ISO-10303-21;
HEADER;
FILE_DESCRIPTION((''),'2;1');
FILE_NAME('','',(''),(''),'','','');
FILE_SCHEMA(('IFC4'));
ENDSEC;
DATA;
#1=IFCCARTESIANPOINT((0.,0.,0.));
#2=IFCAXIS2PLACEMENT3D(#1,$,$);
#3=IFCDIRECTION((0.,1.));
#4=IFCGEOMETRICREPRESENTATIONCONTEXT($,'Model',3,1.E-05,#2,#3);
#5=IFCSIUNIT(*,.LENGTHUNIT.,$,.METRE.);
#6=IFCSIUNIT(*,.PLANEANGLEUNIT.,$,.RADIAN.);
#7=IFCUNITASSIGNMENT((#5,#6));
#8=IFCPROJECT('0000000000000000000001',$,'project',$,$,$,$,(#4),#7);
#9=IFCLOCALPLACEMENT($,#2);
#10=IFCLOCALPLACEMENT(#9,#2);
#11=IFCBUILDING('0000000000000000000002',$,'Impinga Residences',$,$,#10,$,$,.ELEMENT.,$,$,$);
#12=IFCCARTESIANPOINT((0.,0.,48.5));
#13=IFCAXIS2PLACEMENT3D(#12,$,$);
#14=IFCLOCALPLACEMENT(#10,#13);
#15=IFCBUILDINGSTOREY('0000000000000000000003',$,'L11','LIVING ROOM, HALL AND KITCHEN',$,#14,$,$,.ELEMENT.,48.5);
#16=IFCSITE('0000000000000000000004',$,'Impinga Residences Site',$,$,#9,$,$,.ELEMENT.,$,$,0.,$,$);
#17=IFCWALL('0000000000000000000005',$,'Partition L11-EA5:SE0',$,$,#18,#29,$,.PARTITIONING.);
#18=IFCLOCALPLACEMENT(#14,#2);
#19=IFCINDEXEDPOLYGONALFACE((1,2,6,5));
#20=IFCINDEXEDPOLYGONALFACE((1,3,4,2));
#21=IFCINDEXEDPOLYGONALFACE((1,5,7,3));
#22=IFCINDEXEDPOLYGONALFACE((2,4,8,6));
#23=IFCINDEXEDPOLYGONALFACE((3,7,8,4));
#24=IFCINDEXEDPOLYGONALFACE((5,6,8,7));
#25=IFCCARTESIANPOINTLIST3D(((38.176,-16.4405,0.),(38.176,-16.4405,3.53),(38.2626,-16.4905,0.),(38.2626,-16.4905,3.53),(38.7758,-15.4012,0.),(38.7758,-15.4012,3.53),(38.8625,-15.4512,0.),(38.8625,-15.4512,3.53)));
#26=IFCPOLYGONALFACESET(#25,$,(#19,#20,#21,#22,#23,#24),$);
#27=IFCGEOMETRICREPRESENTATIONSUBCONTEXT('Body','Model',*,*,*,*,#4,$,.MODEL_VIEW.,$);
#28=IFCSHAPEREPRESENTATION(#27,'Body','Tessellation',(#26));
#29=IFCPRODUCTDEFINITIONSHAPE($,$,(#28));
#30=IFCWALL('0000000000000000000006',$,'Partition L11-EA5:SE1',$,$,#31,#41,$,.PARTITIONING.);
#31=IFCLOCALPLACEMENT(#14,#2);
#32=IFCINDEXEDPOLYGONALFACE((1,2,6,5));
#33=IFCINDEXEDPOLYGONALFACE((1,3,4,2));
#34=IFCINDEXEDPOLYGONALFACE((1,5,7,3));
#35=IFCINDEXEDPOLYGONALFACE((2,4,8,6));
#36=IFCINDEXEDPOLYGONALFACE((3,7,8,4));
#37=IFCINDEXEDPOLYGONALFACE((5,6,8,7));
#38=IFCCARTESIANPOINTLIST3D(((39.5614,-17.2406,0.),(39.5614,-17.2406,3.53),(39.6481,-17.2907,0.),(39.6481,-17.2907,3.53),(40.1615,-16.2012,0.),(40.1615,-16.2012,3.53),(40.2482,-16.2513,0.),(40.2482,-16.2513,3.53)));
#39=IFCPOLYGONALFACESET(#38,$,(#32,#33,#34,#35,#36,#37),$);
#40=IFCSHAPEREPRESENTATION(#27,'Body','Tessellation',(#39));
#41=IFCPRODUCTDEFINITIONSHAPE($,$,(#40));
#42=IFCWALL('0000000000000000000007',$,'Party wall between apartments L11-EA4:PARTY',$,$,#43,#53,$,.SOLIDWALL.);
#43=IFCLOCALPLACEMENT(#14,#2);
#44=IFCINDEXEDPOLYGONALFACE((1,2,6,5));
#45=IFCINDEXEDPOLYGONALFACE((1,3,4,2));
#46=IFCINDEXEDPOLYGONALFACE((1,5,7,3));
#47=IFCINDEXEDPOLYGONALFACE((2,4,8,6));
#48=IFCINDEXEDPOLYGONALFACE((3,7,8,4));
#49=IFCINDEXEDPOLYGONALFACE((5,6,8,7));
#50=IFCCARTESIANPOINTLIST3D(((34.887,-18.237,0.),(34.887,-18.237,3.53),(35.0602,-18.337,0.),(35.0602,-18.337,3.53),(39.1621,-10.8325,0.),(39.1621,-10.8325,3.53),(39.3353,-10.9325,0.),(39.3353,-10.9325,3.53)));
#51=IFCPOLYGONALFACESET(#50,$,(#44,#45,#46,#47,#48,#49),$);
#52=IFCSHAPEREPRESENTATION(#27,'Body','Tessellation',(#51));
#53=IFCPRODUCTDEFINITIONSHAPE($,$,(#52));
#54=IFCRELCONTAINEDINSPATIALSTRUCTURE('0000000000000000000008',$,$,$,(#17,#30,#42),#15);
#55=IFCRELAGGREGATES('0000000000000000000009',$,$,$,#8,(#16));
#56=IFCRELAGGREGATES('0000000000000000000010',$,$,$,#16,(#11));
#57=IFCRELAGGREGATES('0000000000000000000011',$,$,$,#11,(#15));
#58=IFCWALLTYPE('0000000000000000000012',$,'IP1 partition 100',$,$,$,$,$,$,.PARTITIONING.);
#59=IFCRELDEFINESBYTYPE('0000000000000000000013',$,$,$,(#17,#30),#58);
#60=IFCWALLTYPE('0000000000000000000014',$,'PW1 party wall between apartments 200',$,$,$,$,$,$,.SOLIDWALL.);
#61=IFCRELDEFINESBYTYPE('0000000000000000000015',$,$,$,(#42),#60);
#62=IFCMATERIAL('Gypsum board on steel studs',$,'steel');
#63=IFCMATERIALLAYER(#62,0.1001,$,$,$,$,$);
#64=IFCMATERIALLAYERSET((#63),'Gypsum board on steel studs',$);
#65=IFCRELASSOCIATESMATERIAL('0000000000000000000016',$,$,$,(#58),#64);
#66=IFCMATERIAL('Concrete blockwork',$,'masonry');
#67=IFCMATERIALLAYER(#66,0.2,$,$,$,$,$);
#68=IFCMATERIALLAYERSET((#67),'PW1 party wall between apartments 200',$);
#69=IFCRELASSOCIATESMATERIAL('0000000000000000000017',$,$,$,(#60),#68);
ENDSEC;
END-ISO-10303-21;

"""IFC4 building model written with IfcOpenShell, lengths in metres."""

from ifc_helpers import new_model, si_unit, direction, frame, frame_2d, origin, place, context, subcontext, project, spatial, rectangle, extrude, material, layer, layer_set, type_object, element, save


model = new_model("IFC4")

# Units and contexts
model_context = context("Model", 3, precision=1e-05, world=origin(), true_north=direction((0.0, 1.0)))
body_context = subcontext(model_context, "Body", "Model", "MODEL_VIEW")
ifc_project = project(units=[si_unit("LENGTHUNIT", "METRE"), si_unit("PLANEANGLEUNIT", "RADIAN")], contexts=[model_context])

# Site, building, storey
site_placement = place(None, origin())
site = spatial("IfcSite", under=ifc_project, at=site_placement, Name="Impinga Residences Site", CompositionType="ELEMENT", RefElevation=0.0)
building_placement = place(site_placement, origin())
building = spatial("IfcBuilding", under=site, at=building_placement, Name="Impinga Residences", CompositionType="ELEMENT")
storey_placement = place(building_placement, frame((0.0, 0.0, 48.5)))
storey = spatial("IfcBuildingStorey", under=building, at=storey_placement, Name="L11", Description="LIVING ROOM, HALL AND KITCHEN", CompositionType="ELEMENT", Elevation=48.5)

# Shared definitions
ifc_material_1 = material(Name="Gypsum board on steel studs", Category="steel")
ifc_layer_1 = layer(ifc_material_1, 0.1001)
ifc_layer_set_1 = layer_set([ifc_layer_1], Name="Gypsum board on steel studs")
wall_type_1 = type_object("IfcWallType", Name="IP1 partition 100", PredefinedType="PARTITIONING", material=ifc_layer_set_1)

# Walls
wall_1_placement = place(storey_placement, frame((38.2192, -16.4656, 0.0), z_axis=(0.0, 0.0, 1.0), x_axis=(0.499881, 0.866094, 0.0)))
element("IfcWall", 1, at=wall_1_placement, inside=storey, type_object=wall_type_1, Name="Partition L11-EA5:SE0", PredefinedType="PARTITIONING", context=body_context, shape_type="SweptSolid", body=[
    extrude(rectangle(XDim=1.2, YDim=0.1001, at=frame_2d((0.6001, 0.0))), origin(), (0.0, 0.0, 1.0), 3.53),
])
wall_2_placement = place(storey_placement, frame((39.6047, -17.2656, 0.0), z_axis=(0.0, 0.0, 1.0), x_axis=(0.500034, 0.866006, 0.0)))
element("IfcWall", 2, at=wall_2_placement, inside=storey, type_object=wall_type_1, Name="Partition L11-EA5:SE1", PredefinedType="PARTITIONING", context=body_context, shape_type="SweptSolid", body=[
    extrude(rectangle(XDim=1.2002, YDim=0.1001, at=frame_2d((0.6001, 0.0))), origin(), (0.0, 0.0, 1.0), 3.53),
])
ifc_material_2 = material(Name="Concrete blockwork", Category="masonry")
ifc_layer_2 = layer(ifc_material_2, 0.2)
ifc_layer_set_2 = layer_set([ifc_layer_2], Name="PW1 party wall between apartments 200")
wall_type_2 = type_object("IfcWallType", Name="PW1 party wall between apartments 200", PredefinedType="SOLIDWALL", material=ifc_layer_set_2)
wall_3_placement = place(storey_placement, frame((34.9736, -18.2869, 0.0), z_axis=(0.0, 0.0, 1.0), x_axis=(0.500012, 0.866019, 0.0)))
element("IfcWall", 3, at=wall_3_placement, inside=storey, type_object=wall_type_2, Name="Party wall between apartments L11-EA4:PARTY", PredefinedType="SOLIDWALL", context=body_context, shape_type="SweptSolid", body=[
    extrude(rectangle(XDim=8.55, YDim=0.2, at=frame_2d((4.2749, 0.0))), origin(), (0.0, 0.0, 1.0), 3.53),
])

save(model, "model.ifc")
